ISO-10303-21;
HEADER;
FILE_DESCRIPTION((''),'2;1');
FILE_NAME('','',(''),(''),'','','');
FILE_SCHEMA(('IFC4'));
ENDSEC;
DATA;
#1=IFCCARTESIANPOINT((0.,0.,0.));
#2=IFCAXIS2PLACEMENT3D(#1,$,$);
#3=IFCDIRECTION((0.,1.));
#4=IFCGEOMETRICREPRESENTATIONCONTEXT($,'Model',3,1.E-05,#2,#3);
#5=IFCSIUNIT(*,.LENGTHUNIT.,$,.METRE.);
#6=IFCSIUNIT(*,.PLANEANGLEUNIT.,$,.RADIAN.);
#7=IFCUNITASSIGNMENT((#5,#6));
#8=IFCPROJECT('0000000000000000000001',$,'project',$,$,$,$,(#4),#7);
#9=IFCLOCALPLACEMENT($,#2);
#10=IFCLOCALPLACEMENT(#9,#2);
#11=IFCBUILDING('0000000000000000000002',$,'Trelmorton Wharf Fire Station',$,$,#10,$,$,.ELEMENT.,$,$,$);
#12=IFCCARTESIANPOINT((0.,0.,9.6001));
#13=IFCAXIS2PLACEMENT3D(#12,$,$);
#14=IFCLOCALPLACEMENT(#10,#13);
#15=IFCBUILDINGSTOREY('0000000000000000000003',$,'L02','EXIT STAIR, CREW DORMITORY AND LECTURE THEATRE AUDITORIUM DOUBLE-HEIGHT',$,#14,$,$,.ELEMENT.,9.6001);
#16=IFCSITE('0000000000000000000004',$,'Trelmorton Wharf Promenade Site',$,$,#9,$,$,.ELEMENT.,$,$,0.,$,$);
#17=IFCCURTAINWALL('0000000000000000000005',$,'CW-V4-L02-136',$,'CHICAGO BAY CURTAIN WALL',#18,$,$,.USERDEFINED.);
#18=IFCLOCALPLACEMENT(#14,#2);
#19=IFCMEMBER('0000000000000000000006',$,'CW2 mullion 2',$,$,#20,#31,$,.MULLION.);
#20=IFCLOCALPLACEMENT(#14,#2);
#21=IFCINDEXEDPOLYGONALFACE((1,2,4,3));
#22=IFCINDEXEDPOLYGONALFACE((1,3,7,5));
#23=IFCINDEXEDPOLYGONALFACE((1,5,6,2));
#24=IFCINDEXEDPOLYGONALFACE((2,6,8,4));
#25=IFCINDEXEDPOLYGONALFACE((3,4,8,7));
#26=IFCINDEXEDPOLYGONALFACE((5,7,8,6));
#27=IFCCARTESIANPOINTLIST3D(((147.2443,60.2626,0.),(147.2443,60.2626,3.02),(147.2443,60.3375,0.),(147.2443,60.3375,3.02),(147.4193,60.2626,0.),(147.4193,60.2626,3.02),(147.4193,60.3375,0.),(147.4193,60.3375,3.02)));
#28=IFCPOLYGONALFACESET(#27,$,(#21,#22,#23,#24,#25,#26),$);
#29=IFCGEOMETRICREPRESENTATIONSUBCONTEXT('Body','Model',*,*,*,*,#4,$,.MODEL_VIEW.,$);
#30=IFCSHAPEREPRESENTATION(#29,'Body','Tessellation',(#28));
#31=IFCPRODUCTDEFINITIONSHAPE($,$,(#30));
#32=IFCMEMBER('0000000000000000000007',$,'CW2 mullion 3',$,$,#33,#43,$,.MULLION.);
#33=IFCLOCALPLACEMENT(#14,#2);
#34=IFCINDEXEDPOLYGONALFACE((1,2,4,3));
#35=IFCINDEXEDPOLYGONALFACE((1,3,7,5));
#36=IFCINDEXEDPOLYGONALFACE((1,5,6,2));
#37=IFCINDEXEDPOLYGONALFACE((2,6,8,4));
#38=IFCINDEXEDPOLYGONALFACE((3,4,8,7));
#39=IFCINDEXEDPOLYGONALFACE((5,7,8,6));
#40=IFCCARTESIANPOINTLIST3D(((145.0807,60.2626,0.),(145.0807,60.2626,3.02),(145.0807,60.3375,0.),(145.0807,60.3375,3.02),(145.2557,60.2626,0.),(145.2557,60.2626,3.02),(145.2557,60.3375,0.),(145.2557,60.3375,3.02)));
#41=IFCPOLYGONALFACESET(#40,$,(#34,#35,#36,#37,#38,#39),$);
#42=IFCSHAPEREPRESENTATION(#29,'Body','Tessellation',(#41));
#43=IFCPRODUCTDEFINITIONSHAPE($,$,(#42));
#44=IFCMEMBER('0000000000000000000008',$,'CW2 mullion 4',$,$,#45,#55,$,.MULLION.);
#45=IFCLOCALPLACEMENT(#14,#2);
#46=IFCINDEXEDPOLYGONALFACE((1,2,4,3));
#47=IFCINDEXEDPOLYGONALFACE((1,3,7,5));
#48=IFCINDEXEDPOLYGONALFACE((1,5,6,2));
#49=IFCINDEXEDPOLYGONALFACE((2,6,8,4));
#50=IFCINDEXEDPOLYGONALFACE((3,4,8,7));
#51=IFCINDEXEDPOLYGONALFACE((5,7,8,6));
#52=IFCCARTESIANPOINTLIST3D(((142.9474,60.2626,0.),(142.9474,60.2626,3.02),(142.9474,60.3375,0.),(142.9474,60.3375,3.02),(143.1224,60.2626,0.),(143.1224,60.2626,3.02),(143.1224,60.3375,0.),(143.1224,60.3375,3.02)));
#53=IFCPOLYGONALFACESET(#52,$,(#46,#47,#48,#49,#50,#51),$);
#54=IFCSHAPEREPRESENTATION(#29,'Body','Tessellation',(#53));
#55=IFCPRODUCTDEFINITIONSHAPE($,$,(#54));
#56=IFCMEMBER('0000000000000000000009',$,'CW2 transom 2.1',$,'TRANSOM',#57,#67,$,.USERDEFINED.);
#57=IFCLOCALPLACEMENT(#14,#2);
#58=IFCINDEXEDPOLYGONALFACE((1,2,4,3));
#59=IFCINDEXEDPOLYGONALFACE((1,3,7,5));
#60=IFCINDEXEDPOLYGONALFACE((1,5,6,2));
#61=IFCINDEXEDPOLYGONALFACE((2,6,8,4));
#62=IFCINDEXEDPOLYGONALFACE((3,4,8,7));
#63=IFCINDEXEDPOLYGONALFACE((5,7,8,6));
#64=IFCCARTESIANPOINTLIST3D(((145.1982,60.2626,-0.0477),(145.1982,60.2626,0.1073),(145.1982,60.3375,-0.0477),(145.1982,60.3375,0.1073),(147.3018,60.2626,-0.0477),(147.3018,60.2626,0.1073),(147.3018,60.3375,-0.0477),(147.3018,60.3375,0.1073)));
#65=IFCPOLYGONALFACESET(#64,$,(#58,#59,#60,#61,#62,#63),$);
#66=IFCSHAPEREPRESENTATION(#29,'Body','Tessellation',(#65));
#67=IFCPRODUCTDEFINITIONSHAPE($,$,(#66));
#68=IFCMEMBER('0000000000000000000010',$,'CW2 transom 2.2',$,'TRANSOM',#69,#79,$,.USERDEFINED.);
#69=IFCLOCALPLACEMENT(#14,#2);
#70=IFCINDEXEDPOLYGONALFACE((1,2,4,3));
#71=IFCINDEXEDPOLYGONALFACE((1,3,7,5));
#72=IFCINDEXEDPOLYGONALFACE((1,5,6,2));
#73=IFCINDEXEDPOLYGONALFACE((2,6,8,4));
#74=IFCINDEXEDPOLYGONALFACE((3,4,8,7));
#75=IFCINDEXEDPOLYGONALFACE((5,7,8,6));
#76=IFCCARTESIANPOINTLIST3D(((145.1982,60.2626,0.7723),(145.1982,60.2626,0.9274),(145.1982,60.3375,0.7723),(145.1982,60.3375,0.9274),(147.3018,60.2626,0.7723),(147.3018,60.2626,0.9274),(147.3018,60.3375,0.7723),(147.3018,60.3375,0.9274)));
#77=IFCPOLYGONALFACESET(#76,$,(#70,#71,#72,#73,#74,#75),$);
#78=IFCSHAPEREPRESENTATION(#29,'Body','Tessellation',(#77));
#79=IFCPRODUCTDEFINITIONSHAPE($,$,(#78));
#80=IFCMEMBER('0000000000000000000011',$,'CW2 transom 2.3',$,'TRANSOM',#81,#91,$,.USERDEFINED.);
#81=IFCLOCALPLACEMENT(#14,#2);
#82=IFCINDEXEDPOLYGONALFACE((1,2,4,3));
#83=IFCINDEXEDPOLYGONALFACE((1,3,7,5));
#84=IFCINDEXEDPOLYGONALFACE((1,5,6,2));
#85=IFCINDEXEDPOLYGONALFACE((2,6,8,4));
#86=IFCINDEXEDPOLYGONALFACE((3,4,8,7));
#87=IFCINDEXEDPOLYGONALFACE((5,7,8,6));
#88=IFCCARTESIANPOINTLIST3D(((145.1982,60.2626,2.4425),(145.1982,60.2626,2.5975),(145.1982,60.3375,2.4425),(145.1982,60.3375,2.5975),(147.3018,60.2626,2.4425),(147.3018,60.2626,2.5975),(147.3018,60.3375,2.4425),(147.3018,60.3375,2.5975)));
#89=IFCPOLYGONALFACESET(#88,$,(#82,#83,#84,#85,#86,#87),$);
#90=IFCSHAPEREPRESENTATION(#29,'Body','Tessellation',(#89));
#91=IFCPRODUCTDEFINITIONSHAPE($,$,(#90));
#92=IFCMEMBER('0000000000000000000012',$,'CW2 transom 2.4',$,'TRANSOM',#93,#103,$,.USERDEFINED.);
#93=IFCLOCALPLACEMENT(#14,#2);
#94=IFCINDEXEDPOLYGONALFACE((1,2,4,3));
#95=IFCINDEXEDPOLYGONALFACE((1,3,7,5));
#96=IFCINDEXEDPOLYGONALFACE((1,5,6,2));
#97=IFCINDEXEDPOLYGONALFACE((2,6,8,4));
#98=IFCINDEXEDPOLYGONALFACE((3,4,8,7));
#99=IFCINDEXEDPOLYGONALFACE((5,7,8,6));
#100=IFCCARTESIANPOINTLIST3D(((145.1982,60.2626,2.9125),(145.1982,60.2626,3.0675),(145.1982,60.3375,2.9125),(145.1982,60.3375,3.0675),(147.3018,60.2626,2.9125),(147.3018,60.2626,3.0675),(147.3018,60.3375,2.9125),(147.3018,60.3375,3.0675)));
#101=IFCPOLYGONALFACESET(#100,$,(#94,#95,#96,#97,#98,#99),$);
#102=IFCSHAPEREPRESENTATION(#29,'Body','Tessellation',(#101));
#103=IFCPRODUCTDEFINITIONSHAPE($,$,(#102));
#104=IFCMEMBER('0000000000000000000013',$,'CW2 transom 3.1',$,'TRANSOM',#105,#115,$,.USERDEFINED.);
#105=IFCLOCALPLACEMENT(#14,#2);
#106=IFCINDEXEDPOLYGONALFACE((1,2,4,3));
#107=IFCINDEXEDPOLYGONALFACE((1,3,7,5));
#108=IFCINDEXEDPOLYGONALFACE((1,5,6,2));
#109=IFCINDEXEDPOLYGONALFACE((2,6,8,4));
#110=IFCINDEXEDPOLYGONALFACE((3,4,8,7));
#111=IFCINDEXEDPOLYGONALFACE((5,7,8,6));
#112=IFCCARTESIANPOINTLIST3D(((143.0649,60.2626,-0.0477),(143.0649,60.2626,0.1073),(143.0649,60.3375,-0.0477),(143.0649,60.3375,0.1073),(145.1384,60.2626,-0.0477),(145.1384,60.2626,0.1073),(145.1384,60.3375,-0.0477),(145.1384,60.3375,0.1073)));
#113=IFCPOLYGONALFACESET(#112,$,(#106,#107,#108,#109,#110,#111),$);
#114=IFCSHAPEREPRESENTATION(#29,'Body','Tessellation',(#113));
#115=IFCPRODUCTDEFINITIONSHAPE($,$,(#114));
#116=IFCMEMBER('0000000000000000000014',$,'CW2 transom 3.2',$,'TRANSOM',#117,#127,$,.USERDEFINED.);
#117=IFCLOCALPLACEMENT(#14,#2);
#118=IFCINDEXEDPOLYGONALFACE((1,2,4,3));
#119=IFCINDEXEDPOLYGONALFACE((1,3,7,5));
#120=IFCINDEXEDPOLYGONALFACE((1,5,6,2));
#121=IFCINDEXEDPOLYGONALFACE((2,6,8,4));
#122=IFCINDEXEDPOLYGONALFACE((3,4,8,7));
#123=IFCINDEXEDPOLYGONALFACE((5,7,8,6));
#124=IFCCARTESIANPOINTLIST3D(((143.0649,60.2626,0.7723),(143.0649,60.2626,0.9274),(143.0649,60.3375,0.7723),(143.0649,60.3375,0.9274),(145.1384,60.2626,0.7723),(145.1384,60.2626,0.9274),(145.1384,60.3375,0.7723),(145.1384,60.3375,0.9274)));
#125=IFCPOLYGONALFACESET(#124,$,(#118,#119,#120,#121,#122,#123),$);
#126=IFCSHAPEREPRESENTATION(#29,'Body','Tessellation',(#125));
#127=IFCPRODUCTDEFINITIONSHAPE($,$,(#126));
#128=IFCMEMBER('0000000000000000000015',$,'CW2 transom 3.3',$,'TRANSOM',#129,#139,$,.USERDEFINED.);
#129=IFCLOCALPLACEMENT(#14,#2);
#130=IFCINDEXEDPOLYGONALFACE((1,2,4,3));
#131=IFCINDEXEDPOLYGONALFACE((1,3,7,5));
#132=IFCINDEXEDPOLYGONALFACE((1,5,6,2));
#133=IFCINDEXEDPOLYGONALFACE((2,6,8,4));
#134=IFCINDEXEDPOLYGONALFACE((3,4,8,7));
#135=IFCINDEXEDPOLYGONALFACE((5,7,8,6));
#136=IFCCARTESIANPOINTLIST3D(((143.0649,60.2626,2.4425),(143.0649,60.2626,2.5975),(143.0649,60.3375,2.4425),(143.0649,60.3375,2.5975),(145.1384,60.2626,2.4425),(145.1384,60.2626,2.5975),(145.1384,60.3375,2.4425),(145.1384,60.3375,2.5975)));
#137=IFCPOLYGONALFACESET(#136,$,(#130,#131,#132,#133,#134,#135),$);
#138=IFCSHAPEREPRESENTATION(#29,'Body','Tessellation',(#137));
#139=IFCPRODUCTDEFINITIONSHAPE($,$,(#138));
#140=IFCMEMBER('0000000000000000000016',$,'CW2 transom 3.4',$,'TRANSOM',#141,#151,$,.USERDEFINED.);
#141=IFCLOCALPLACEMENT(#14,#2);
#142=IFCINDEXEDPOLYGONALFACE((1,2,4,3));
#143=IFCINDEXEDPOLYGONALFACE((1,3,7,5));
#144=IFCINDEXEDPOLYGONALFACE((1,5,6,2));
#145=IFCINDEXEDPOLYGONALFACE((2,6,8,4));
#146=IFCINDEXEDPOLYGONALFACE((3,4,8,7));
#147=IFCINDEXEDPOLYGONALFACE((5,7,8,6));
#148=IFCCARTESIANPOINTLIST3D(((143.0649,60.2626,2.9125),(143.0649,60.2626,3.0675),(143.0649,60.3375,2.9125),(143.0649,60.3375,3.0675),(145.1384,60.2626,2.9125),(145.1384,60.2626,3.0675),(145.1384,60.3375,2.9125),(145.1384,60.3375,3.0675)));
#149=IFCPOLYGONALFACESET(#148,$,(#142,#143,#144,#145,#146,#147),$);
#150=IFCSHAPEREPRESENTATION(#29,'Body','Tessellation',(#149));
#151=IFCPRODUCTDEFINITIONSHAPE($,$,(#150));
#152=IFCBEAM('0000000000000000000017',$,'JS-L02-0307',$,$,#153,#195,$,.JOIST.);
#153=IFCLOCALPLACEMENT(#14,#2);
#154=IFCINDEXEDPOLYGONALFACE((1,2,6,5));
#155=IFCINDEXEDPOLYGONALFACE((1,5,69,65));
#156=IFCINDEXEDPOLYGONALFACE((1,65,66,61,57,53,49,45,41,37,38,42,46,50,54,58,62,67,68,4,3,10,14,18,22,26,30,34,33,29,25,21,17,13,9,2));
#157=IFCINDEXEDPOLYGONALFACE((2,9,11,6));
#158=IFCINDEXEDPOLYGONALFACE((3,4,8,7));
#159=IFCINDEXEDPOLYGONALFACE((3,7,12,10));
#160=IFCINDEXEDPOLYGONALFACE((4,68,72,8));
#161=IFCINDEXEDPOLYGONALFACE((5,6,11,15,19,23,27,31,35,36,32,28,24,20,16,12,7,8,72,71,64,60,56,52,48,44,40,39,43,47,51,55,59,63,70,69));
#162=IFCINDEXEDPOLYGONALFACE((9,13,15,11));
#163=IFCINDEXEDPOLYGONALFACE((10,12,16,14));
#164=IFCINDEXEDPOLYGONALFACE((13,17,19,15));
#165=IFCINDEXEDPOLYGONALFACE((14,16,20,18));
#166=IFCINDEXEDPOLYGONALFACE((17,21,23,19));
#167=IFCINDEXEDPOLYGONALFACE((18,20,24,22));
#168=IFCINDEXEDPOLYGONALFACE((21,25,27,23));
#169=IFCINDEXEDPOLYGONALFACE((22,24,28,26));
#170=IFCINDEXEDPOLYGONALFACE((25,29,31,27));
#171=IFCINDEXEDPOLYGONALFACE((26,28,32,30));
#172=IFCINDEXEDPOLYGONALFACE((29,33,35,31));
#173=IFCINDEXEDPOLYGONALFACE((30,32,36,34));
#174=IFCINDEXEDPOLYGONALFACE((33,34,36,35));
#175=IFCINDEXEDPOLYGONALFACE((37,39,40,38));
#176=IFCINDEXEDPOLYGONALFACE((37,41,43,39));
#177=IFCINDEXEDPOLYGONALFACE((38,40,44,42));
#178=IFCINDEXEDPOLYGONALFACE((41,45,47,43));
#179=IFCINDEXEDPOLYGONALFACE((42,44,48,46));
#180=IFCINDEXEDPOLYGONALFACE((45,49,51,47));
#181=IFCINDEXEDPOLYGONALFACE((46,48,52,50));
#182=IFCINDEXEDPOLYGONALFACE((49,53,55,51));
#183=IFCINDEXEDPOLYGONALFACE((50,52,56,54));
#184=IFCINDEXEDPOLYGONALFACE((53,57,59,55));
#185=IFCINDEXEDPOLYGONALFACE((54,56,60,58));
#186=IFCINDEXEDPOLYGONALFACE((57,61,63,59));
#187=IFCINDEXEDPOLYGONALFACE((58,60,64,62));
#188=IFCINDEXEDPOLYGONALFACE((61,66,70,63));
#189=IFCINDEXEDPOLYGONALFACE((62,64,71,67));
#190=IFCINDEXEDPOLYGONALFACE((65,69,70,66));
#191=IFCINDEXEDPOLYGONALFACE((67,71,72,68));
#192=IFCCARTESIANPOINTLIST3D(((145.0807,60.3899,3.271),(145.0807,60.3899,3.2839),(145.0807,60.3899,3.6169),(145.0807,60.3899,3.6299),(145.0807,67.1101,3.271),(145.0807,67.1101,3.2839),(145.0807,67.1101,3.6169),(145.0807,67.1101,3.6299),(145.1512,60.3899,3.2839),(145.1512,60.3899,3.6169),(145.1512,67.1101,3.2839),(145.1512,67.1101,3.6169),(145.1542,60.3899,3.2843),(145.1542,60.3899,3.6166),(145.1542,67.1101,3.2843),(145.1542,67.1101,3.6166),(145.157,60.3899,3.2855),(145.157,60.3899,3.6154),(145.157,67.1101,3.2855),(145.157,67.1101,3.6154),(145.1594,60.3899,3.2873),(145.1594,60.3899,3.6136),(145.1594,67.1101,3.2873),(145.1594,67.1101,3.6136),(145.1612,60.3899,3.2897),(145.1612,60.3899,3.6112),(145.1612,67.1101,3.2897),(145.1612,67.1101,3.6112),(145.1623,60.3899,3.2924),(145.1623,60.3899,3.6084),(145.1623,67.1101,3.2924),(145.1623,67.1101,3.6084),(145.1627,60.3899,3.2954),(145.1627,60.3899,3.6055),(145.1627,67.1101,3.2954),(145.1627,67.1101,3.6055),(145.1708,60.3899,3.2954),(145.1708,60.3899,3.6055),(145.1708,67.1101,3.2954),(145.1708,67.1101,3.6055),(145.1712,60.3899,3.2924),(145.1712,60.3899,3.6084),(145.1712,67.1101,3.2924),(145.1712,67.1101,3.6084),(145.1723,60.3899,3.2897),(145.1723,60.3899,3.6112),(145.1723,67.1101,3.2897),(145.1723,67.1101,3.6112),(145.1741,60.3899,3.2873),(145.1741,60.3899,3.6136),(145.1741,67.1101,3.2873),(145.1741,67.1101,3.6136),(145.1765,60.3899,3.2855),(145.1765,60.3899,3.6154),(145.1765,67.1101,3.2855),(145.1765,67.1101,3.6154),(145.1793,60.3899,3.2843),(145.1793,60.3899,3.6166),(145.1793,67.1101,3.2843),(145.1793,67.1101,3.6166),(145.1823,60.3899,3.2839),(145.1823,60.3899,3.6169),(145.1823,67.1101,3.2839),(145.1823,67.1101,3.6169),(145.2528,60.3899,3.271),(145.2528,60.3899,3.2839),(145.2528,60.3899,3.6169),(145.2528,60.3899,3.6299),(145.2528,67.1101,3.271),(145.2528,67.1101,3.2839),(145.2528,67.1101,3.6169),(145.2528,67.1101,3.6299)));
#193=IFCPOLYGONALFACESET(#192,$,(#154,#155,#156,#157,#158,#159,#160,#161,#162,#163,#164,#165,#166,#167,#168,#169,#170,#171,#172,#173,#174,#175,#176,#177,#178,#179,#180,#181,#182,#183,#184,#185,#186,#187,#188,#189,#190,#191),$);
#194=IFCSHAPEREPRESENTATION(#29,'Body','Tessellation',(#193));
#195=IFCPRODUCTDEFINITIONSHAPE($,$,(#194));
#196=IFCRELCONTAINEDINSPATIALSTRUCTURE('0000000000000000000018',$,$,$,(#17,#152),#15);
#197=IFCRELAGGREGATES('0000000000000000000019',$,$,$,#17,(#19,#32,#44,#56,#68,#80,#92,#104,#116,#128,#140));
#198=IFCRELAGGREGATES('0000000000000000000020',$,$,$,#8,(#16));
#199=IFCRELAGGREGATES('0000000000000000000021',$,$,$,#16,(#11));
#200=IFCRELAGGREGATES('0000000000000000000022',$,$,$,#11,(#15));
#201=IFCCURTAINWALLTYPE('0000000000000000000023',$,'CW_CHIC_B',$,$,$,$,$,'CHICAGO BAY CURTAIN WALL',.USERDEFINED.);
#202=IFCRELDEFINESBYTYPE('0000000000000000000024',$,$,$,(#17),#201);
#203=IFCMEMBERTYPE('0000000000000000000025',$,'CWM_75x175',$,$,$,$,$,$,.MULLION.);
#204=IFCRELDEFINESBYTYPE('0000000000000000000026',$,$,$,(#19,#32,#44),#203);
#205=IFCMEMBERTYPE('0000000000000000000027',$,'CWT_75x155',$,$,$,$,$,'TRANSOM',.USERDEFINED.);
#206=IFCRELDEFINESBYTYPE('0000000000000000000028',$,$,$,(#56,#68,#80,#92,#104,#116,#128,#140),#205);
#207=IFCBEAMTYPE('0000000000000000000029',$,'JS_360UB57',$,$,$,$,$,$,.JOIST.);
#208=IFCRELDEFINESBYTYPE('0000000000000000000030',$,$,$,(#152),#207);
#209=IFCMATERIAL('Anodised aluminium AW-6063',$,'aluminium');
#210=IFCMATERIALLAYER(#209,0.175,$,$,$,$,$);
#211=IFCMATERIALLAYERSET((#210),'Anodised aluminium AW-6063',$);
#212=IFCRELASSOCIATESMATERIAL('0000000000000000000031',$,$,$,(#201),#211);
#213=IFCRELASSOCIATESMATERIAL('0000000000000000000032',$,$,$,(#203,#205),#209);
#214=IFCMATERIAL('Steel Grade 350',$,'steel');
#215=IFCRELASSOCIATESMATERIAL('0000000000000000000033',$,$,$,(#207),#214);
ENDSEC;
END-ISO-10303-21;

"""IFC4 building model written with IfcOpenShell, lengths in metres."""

from ifc_helpers import new_model, si_unit, direction, frame, origin, origin_2d, place, context, subcontext, project, spatial, rectangle, i_section, extrude, material, layer, layer_set, material_profile, profile_set, type_object, element, aggregate, save


model = new_model("IFC4")

# Units and contexts
model_context = context("Model", 3, precision=1e-05, world=origin(), true_north=direction((0.0, 1.0)))
body_context = subcontext(model_context, "Body", "Model", "MODEL_VIEW")
ifc_project = project(units=[si_unit("LENGTHUNIT", "METRE"), si_unit("PLANEANGLEUNIT", "RADIAN")], contexts=[model_context])

# Site, building, storey
site_placement = place(None, origin())
site = spatial("IfcSite", under=ifc_project, at=site_placement, Name="Trelmorton Wharf Promenade Site", CompositionType="ELEMENT", RefElevation=0.0)
building_placement = place(site_placement, origin())
building = spatial("IfcBuilding", under=site, at=building_placement, Name="Trelmorton Wharf Fire Station", CompositionType="ELEMENT")
storey_placement = place(building_placement, frame((0.0, 0.0, 9.6001)))
storey = spatial("IfcBuildingStorey", under=building, at=storey_placement, Name="L02", Description="EXIT STAIR, CREW DORMITORY AND LECTURE THEATRE AUDITORIUM DOUBLE-HEIGHT", CompositionType="ELEMENT", Elevation=9.6001)

# Curtain wall, members
ifc_material_1 = material(Name="Anodised aluminium AW-6063", Category="aluminium")
ifc_layer_1 = layer(ifc_material_1, 0.175)
ifc_layer_set_1 = layer_set([ifc_layer_1], Name="Anodised aluminium AW-6063")
curtain_wall_type = type_object("IfcCurtainWallType", Name="CW_CHIC_B", ElementType="CHICAGO BAY CURTAIN WALL", PredefinedType="USERDEFINED", material=ifc_layer_set_1)
curtain_wall_placement = place(storey_placement, origin())
curtain_wall = element("IfcCurtainWall", 1, at=curtain_wall_placement, inside=storey, type_object=curtain_wall_type, Name="CW-V4-L02-136", ObjectType="CHICAGO BAY CURTAIN WALL", PredefinedType="USERDEFINED")
ifc_material_profile_1 = material_profile(ifc_material_1, rectangle(XDim=0.075, YDim=0.175, at=origin_2d()), Name="ALU-75x175")
ifc_profile_set_1 = profile_set([ifc_material_profile_1], Name="Anodised aluminium AW-6063")
member_type_1 = type_object("IfcMemberType", Name="CWM_75x175", PredefinedType="MULLION", material=ifc_profile_set_1)
member_1_placement = place(storey_placement, frame((147.3318, 60.3, 0.0), z_axis=(0.0, 0.0, 1.0), x_axis=(0.0, -1.0, 0.0)))
member_1 = element("IfcMember", 2, at=member_1_placement, type_object=member_type_1, Name="CW2 mullion 2", PredefinedType="MULLION", context=body_context, shape_type="SweptSolid", body=[
    extrude(rectangle(XDim=0.075, YDim=0.175, at=origin_2d()), origin(), (0.0, 0.0, 1.0), 3.02),
])
member_2_placement = place(storey_placement, frame((145.1682, 60.3, 0.0), z_axis=(0.0, 0.0, 1.0), x_axis=(0.0, -1.0, 0.0)))
member_2 = element("IfcMember", 3, at=member_2_placement, type_object=member_type_1, Name="CW2 mullion 3", PredefinedType="MULLION", context=body_context, shape_type="SweptSolid", body=[
    extrude(rectangle(XDim=0.075, YDim=0.175, at=origin_2d()), origin(), (0.0, 0.0, 1.0), 3.02),
])
member_3_placement = place(storey_placement, frame((143.0349, 60.3, 0.0), z_axis=(0.0, 0.0, 1.0), x_axis=(0.0, -1.0, 0.0)))
member_3 = element("IfcMember", 4, at=member_3_placement, type_object=member_type_1, Name="CW2 mullion 4", PredefinedType="MULLION", context=body_context, shape_type="SweptSolid", body=[
    extrude(rectangle(XDim=0.075, YDim=0.175, at=origin_2d()), origin(), (0.0, 0.0, 1.0), 3.02),
])
ifc_material_profile_2 = material_profile(ifc_material_1, rectangle(XDim=0.075, YDim=0.155, at=origin_2d()), Name="ALU-75x155")
ifc_profile_set_2 = profile_set([ifc_material_profile_2], Name="Anodised aluminium AW-6063")
member_type_2 = type_object("IfcMemberType", Name="CWT_75x155", ElementType="TRANSOM", PredefinedType="USERDEFINED", material=ifc_profile_set_2)
member_4_placement = place(storey_placement, frame((147.3018, 60.3, 0.0298), z_axis=(-1.0, 0.0, 0.0), x_axis=(0.0, -1.0, 0.0)))
member_4 = element("IfcMember", 5, at=member_4_placement, type_object=member_type_2, Name="CW2 transom 2.1", ObjectType="TRANSOM", PredefinedType="USERDEFINED", context=body_context, shape_type="SweptSolid", body=[
    extrude(rectangle(XDim=0.075, YDim=0.155, at=origin_2d()), origin(), (0.0, 0.0, 1.0), 2.1035),
])
member_5_placement = place(storey_placement, frame((147.3018, 60.3, 0.8499), z_axis=(-1.0, 0.0, 0.0), x_axis=(0.0, -1.0, 0.0)))
member_5 = element("IfcMember", 6, at=member_5_placement, type_object=member_type_2, Name="CW2 transom 2.2", ObjectType="TRANSOM", PredefinedType="USERDEFINED", context=body_context, shape_type="SweptSolid", body=[
    extrude(rectangle(XDim=0.075, YDim=0.155, at=origin_2d()), origin(), (0.0, 0.0, 1.0), 2.1035),
])
member_6_placement = place(storey_placement, frame((147.3018, 60.3, 2.52), z_axis=(-1.0, 0.0, 0.0), x_axis=(0.0, -1.0, 0.0)))
member_6 = element("IfcMember", 7, at=member_6_placement, type_object=member_type_2, Name="CW2 transom 2.3", ObjectType="TRANSOM", PredefinedType="USERDEFINED", context=body_context, shape_type="SweptSolid", body=[
    extrude(rectangle(XDim=0.075, YDim=0.155, at=origin_2d()), origin(), (0.0, 0.0, 1.0), 2.1035),
])
member_7_placement = place(storey_placement, frame((147.3018, 60.3, 2.99), z_axis=(-1.0, 0.0, 0.0), x_axis=(0.0, -1.0, 0.0)))
member_7 = element("IfcMember", 8, at=member_7_placement, type_object=member_type_2, Name="CW2 transom 2.4", ObjectType="TRANSOM", PredefinedType="USERDEFINED", context=body_context, shape_type="SweptSolid", body=[
    extrude(rectangle(XDim=0.075, YDim=0.155, at=origin_2d()), origin(), (0.0, 0.0, 1.0), 2.1035),
])
member_8_placement = place(storey_placement, frame((145.1384, 60.3, 0.0298), z_axis=(-1.0, 0.0, 0.0), x_axis=(0.0, -1.0, 0.0)))
member_8 = element("IfcMember", 9, at=member_8_placement, type_object=member_type_2, Name="CW2 transom 3.1", ObjectType="TRANSOM", PredefinedType="USERDEFINED", context=body_context, shape_type="SweptSolid", body=[
    extrude(rectangle(XDim=0.075, YDim=0.155, at=origin_2d()), origin(), (0.0, 0.0, 1.0), 2.0735),
])
member_9_placement = place(storey_placement, frame((145.1384, 60.3, 0.8499), z_axis=(-1.0, 0.0, 0.0), x_axis=(0.0, -1.0, 0.0)))
member_9 = element("IfcMember", 10, at=member_9_placement, type_object=member_type_2, Name="CW2 transom 3.2", ObjectType="TRANSOM", PredefinedType="USERDEFINED", context=body_context, shape_type="SweptSolid", body=[
    extrude(rectangle(XDim=0.075, YDim=0.155, at=origin_2d()), origin(), (0.0, 0.0, 1.0), 2.0735),
])
member_10_placement = place(storey_placement, frame((145.1384, 60.3, 2.52), z_axis=(-1.0, 0.0, 0.0), x_axis=(0.0, -1.0, 0.0)))
member_10 = element("IfcMember", 11, at=member_10_placement, type_object=member_type_2, Name="CW2 transom 3.3", ObjectType="TRANSOM", PredefinedType="USERDEFINED", context=body_context, shape_type="SweptSolid", body=[
    extrude(rectangle(XDim=0.075, YDim=0.155, at=origin_2d()), origin(), (0.0, 0.0, 1.0), 2.0735),
])
member_11_placement = place(storey_placement, frame((145.1384, 60.3, 2.99), z_axis=(-1.0, 0.0, 0.0), x_axis=(0.0, -1.0, 0.0)))
member_11 = element("IfcMember", 12, at=member_11_placement, type_object=member_type_2, Name="CW2 transom 3.4", ObjectType="TRANSOM", PredefinedType="USERDEFINED", context=body_context, shape_type="SweptSolid", body=[
    extrude(rectangle(XDim=0.075, YDim=0.155, at=origin_2d()), origin(), (0.0, 0.0, 1.0), 2.0735),
])

# Beam
ifc_material_2 = material(Name="Steel Grade 350", Category="steel")
ifc_material_profile_3 = material_profile(ifc_material_2, i_section(OverallWidth=0.1721, OverallDepth=0.3589, WebThickness=0.0081, FlangeThickness=0.0129, FilletRadius=0.0115, at=origin_2d()), Name="360UB56.7")
ifc_profile_set_3 = profile_set([ifc_material_profile_3], Name="Steel Grade 350")
beam_type_1 = type_object("IfcBeamType", Name="JS_360UB57", PredefinedType="JOIST", material=ifc_profile_set_3)
for number, where, z_axis, x_axis, name in (
    (13, (145.1667, 60.3899, 3.4504), (0.0, 1.0, 0.0), (-1.0, 0.0, 0.0), "JS-L02-0307"),
):
    element("IfcBeam", number, at=place(storey_placement, frame(where, z_axis=z_axis, x_axis=x_axis)), inside=storey, type_object=beam_type_1, Name=name, PredefinedType="JOIST", context=body_context, shape_type="SweptSolid", body=[
        extrude(i_section(OverallWidth=0.1721, OverallDepth=0.3589, WebThickness=0.0081, FlangeThickness=0.0129, FilletRadius=0.0115, at=origin_2d()), origin(), (0.0, 0.0, 1.0), 6.7202),
    ])

aggregate(curtain_wall, [member_1, member_2, member_3, member_4, member_5, member_6, member_7, member_8, member_9, member_10, member_11])

save(model, "model.ifc")
